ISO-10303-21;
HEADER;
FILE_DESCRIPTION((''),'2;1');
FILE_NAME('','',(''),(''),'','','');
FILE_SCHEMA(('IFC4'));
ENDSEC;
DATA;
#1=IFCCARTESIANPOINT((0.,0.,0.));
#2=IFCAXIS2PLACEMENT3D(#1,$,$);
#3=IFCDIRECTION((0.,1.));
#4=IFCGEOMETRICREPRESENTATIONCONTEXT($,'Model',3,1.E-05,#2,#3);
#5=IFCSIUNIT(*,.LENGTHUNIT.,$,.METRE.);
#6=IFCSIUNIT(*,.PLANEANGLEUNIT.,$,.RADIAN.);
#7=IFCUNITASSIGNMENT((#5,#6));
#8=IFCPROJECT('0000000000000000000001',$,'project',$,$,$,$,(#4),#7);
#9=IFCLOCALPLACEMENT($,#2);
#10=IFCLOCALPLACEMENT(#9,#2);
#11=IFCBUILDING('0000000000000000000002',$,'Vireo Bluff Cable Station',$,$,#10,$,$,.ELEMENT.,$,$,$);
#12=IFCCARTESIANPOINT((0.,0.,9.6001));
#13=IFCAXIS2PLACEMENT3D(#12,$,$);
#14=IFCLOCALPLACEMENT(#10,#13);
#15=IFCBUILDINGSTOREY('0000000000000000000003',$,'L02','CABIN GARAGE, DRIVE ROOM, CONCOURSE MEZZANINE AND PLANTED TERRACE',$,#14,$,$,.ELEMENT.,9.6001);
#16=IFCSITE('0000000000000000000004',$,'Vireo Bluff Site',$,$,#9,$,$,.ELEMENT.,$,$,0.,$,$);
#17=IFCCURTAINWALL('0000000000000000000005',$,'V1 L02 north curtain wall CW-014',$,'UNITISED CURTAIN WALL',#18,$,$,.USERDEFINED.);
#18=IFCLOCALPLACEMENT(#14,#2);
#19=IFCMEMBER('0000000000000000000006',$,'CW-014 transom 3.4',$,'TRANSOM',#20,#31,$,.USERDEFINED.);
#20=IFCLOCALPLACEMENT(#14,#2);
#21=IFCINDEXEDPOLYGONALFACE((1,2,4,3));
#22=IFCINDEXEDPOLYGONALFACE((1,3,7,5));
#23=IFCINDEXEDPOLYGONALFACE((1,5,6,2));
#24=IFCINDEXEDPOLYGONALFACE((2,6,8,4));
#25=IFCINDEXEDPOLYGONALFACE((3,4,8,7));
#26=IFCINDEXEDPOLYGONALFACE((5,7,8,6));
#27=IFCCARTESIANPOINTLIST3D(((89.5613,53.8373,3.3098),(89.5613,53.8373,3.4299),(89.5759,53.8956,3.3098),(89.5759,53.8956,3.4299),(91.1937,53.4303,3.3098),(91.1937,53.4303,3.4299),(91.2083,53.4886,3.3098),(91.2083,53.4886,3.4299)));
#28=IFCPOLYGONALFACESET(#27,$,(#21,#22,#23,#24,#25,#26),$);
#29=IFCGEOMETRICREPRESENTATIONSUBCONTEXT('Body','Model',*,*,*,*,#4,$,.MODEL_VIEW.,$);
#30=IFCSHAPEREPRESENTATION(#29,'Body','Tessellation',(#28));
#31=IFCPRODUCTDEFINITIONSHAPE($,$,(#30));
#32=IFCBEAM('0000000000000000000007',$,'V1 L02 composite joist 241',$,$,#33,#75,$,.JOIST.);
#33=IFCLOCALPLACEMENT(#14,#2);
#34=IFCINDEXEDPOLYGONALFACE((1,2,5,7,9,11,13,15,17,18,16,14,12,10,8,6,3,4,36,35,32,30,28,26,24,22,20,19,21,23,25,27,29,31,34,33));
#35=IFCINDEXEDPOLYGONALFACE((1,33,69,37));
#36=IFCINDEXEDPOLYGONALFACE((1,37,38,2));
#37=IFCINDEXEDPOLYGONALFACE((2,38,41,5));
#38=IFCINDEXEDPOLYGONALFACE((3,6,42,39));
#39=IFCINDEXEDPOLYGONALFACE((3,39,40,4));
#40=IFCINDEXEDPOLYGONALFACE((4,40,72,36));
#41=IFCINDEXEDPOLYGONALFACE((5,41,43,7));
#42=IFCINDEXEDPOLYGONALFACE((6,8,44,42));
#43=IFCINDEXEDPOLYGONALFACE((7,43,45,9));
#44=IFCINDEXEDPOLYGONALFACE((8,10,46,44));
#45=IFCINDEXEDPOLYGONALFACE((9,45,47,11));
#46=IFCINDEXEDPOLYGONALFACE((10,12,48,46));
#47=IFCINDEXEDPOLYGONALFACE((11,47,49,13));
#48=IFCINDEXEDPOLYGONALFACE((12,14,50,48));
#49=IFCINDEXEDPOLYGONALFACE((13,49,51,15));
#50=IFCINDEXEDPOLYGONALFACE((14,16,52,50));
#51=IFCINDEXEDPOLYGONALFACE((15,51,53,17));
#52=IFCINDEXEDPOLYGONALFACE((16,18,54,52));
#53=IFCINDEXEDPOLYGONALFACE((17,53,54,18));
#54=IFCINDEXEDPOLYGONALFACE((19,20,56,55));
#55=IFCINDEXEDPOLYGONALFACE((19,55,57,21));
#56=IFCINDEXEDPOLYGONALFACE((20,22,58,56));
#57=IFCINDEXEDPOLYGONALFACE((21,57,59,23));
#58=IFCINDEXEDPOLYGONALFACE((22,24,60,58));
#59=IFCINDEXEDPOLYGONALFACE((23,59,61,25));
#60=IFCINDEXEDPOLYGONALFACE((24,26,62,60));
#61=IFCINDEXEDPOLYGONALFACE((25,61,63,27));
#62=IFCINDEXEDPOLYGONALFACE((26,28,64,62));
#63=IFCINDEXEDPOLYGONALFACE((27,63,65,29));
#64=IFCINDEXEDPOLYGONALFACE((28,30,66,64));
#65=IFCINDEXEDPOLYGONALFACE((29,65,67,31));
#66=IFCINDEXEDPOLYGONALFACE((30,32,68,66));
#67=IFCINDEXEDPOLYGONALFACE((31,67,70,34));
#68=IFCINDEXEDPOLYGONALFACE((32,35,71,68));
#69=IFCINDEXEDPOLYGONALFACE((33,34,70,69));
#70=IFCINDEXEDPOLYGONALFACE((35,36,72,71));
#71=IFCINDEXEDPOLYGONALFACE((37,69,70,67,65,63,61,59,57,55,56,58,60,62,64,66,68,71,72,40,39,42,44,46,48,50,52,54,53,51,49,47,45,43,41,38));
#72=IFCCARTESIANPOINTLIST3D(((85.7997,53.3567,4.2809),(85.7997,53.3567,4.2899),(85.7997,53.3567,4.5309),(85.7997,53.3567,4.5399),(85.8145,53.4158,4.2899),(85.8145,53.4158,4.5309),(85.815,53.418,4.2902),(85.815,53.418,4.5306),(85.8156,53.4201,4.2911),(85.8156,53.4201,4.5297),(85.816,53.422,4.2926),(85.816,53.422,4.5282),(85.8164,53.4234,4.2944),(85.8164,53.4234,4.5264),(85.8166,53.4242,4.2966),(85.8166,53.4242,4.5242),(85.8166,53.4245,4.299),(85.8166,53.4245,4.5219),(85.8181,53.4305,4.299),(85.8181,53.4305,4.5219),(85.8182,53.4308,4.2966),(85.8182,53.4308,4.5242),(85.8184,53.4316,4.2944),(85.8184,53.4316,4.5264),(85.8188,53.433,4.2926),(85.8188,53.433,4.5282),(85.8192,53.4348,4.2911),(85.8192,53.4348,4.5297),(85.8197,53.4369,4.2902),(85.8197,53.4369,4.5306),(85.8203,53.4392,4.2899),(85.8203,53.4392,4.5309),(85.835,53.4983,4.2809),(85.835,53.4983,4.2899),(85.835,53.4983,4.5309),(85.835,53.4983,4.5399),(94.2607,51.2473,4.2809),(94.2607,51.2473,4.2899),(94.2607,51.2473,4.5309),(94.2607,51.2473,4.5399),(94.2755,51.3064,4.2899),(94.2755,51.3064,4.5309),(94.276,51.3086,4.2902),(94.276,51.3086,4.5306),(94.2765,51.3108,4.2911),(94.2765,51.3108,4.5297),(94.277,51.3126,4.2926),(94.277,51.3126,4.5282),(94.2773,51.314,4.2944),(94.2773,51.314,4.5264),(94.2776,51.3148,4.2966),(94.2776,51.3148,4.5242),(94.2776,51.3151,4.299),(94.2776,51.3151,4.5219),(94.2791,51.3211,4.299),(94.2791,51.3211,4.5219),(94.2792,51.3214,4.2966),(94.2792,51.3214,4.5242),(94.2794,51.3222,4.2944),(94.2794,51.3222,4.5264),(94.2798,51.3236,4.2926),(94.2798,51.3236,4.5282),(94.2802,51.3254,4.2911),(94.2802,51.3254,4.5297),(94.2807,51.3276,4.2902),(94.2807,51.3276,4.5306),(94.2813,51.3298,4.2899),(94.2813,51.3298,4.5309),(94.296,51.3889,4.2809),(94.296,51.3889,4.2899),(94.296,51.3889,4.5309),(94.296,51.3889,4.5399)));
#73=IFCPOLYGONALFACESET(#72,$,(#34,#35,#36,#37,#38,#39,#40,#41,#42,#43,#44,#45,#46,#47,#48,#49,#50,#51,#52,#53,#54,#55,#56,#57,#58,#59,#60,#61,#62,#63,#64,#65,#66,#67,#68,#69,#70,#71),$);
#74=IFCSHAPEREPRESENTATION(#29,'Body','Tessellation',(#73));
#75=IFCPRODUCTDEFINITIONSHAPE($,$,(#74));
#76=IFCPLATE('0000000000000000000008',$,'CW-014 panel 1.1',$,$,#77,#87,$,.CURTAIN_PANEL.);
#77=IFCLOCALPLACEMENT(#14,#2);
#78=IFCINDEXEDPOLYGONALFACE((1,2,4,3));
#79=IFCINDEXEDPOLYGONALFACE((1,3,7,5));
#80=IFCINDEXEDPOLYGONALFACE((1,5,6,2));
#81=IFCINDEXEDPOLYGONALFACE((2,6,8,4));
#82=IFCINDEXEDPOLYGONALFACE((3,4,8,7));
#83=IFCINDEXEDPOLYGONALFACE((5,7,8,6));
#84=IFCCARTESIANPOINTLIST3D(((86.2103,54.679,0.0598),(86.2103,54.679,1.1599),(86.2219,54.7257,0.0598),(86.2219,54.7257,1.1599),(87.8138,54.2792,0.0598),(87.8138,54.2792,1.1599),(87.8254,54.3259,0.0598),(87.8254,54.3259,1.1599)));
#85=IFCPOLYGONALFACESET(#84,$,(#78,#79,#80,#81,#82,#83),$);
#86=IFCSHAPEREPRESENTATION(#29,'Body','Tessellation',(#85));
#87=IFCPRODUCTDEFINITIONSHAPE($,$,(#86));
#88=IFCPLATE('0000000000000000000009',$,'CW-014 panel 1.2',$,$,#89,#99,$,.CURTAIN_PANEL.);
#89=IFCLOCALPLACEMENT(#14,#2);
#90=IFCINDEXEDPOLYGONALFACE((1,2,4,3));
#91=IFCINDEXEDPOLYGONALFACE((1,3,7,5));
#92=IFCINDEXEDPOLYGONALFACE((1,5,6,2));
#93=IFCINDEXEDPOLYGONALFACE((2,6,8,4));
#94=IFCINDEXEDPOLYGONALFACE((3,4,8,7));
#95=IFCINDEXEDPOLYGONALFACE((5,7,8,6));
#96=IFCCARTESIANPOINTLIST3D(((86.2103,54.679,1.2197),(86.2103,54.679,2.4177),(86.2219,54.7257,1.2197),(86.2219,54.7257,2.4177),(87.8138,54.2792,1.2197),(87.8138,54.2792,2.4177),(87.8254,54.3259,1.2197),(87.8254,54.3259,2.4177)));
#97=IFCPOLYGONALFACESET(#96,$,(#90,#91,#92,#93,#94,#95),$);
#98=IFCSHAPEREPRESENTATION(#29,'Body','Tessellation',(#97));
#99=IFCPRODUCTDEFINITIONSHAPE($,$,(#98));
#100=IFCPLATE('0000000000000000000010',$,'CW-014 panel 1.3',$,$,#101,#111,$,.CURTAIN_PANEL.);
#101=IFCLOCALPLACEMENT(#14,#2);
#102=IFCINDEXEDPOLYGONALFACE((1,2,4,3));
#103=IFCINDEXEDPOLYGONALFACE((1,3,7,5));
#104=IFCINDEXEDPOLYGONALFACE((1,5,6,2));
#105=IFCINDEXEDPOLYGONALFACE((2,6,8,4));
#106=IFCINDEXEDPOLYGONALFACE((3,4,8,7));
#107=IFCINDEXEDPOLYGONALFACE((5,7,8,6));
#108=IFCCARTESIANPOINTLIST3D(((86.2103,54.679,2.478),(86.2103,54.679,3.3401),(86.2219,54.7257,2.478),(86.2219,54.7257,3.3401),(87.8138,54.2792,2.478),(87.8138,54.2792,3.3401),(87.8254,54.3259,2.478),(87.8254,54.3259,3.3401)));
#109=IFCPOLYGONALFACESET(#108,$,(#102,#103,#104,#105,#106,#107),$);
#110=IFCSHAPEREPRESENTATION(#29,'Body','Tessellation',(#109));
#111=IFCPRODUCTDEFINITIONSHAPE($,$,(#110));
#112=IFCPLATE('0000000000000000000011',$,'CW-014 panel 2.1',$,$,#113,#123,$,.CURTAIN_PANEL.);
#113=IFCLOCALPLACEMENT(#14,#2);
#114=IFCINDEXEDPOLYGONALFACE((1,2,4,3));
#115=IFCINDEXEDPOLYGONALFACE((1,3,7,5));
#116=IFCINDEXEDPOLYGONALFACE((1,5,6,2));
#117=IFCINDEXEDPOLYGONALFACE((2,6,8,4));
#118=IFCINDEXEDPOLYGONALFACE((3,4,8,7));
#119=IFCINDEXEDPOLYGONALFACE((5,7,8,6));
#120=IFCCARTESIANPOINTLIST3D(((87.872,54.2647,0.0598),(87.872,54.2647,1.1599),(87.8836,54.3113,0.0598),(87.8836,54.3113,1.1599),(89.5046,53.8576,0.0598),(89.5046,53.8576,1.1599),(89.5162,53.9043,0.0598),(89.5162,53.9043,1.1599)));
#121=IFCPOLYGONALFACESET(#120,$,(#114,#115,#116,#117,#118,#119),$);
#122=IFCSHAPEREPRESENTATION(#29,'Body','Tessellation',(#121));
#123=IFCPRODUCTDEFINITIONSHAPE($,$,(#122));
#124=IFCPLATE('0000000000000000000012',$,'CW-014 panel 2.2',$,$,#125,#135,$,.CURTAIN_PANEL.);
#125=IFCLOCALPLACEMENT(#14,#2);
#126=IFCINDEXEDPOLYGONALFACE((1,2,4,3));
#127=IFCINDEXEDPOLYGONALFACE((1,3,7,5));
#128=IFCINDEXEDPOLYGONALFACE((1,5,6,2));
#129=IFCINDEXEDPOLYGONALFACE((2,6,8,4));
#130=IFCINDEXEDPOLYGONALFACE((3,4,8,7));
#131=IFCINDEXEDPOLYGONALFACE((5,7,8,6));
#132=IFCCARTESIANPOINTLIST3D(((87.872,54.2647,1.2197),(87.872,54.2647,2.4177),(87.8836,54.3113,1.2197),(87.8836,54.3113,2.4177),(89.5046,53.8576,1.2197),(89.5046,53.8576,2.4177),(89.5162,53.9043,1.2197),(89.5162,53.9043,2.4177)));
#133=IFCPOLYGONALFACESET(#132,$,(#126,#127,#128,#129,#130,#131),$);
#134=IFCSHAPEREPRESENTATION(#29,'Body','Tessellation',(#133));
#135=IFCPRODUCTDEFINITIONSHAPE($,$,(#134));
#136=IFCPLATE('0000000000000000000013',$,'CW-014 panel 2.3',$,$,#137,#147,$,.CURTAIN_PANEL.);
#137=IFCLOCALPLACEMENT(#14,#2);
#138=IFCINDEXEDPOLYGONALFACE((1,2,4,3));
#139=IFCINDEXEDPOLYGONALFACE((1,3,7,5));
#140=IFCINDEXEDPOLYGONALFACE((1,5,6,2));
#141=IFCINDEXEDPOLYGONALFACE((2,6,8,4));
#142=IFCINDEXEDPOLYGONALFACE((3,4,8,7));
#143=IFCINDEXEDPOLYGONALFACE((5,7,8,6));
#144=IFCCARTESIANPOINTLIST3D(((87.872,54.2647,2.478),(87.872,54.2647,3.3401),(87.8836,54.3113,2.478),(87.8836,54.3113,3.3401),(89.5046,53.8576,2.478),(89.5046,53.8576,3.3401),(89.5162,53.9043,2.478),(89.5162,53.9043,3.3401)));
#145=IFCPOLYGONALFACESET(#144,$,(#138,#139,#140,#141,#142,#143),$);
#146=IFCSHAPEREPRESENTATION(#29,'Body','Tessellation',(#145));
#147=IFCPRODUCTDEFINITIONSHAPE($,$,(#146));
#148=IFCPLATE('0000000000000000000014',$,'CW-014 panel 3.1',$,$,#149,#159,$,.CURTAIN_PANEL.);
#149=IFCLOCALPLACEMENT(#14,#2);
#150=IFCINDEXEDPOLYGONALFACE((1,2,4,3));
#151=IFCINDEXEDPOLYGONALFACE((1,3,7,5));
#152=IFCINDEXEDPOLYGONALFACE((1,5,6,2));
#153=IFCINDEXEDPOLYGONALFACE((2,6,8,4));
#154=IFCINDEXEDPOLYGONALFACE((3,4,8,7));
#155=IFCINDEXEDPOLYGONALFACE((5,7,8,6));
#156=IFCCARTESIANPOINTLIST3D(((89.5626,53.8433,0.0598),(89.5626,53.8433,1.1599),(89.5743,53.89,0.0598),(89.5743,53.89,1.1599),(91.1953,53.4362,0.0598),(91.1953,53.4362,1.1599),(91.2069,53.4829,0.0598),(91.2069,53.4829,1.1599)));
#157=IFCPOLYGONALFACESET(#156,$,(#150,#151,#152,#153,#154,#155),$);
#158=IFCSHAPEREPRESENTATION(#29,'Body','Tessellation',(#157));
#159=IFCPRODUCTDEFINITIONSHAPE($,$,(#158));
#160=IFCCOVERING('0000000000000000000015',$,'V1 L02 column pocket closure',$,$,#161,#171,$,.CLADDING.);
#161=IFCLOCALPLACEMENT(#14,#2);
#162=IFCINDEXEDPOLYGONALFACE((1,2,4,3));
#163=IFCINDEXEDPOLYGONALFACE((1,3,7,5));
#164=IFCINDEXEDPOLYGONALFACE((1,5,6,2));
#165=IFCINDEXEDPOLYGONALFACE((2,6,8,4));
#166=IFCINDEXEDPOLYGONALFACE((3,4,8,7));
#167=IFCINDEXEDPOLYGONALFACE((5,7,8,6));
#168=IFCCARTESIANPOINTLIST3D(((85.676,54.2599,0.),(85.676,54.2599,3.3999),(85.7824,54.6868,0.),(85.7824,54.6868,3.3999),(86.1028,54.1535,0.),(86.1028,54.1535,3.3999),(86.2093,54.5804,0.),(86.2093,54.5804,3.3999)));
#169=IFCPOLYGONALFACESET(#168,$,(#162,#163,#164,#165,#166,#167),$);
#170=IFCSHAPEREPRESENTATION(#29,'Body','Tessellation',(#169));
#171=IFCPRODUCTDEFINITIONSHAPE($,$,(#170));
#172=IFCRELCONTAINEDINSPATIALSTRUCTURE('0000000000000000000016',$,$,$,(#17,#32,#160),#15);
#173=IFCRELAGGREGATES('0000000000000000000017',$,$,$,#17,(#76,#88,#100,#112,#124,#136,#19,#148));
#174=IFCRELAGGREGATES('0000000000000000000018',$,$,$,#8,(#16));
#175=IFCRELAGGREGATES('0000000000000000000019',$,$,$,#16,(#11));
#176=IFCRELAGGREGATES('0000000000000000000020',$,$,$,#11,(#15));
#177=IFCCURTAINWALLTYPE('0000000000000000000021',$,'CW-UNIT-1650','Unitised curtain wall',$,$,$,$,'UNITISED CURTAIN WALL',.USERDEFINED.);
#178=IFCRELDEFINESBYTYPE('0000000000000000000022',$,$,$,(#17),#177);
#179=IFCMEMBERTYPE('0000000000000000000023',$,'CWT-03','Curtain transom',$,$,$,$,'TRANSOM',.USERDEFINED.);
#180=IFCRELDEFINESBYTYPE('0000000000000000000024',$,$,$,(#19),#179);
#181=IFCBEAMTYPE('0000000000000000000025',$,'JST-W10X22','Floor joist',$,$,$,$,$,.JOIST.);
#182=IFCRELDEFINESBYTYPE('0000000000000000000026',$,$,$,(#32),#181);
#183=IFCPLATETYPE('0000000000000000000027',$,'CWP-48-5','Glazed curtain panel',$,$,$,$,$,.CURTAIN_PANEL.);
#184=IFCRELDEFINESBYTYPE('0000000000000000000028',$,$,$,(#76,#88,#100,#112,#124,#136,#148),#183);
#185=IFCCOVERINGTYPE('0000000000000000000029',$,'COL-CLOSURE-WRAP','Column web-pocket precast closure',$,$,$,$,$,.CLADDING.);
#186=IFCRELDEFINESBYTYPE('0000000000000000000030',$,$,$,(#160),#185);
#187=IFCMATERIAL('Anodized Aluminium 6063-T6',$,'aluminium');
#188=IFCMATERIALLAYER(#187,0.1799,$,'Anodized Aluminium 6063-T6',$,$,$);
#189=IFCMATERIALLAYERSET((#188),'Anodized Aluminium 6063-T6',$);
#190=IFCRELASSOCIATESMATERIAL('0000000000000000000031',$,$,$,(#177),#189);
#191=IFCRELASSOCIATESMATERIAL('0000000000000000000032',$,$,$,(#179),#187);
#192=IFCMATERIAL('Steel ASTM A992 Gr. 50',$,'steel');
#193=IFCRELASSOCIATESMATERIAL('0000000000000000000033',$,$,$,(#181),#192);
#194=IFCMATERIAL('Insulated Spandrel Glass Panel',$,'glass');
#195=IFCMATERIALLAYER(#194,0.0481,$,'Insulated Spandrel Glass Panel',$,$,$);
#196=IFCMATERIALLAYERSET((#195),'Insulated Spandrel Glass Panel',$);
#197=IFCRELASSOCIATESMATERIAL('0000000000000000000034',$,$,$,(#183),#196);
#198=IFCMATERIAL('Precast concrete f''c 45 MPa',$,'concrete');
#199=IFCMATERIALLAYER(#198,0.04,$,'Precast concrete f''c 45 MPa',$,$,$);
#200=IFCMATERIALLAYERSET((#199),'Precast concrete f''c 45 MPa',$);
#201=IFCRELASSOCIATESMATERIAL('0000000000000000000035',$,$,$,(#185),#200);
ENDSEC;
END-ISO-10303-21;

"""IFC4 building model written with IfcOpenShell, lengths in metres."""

from ifc_helpers import new_model, si_unit, direction, frame, origin, origin_2d, place, context, subcontext, project, spatial, rectangle, i_section, extrude, material, layer, layer_set, material_profile, profile_set, type_object, element, aggregate, save


model = new_model("IFC4")

# Units and contexts
model_context = context("Model", 3, precision=1e-05, world=origin(), true_north=direction((0.0, 1.0)))
body_context = subcontext(model_context, "Body", "Model", "MODEL_VIEW")
ifc_project = project(units=[si_unit("LENGTHUNIT", "METRE"), si_unit("PLANEANGLEUNIT", "RADIAN")], contexts=[model_context])

# Site, building, storey
site_placement = place(None, origin())
site = spatial("IfcSite", under=ifc_project, at=site_placement, Name="Vireo Bluff Site", CompositionType="ELEMENT", RefElevation=0.0)
building_placement = place(site_placement, origin())
building = spatial("IfcBuilding", under=site, at=building_placement, Name="Vireo Bluff Cable Station", CompositionType="ELEMENT")
storey_placement = place(building_placement, frame((0.0, 0.0, 9.6001)))
storey = spatial("IfcBuildingStorey", under=building, at=storey_placement, Name="L02", Description="CABIN GARAGE, DRIVE ROOM, CONCOURSE MEZZANINE AND PLANTED TERRACE", CompositionType="ELEMENT", Elevation=9.6001)

# Curtain wall, member
ifc_material_1 = material(Name="Anodized Aluminium 6063-T6", Category="aluminium")
ifc_layer_1 = layer(ifc_material_1, 0.1799, Name="Anodized Aluminium 6063-T6")
ifc_layer_set_1 = layer_set([ifc_layer_1], Name="Anodized Aluminium 6063-T6")
curtain_wall_type = type_object("IfcCurtainWallType", Name="CW-UNIT-1650", Description="Unitised curtain wall", ElementType="UNITISED CURTAIN WALL", PredefinedType="USERDEFINED", material=ifc_layer_set_1)
curtain_wall_placement = place(storey_placement, origin())
curtain_wall = element("IfcCurtainWall", 1, at=curtain_wall_placement, inside=storey, type_object=curtain_wall_type, Name="V1 L02 north curtain wall CW-014", ObjectType="UNITISED CURTAIN WALL", PredefinedType="USERDEFINED")
ifc_material_profile_1 = material_profile(ifc_material_1, rectangle(XDim=0.0601, YDim=0.1201, at=origin_2d()), Name="ALU-T-60X120")
ifc_profile_set_1 = profile_set([ifc_material_profile_1], Name="Anodized Aluminium 6063-T6")
member_type_1 = type_object("IfcMemberType", Name="CWT-03", Description="Curtain transom", ElementType="TRANSOM", PredefinedType="USERDEFINED", material=ifc_profile_set_1)
member_1_placement = place(storey_placement, frame((89.5686, 53.8665, 3.3699), z_axis=(0.970296, -0.241921, 0.0), x_axis=(0.241921, 0.970296, 0.0)))
member_1 = element("IfcMember", 2, at=member_1_placement, type_object=member_type_1, Name="CW-014 transom 3.4", ObjectType="TRANSOM", PredefinedType="USERDEFINED", context=body_context, shape_type="SweptSolid", body=[
    extrude(rectangle(XDim=0.0601, YDim=0.1201, at=origin_2d()), origin(), (0.0, 0.0, 1.0), 1.6824),
])

# Beam
ifc_material_2 = material(Name="Steel ASTM A992 Gr. 50", Category="steel")
ifc_material_profile_2 = material_profile(ifc_material_2, i_section(OverallWidth=0.146, OverallDepth=0.259, WebThickness=0.0061, FlangeThickness=0.009, FilletRadius=0.009, at=origin_2d()), Name="W10X22")
ifc_profile_set_2 = profile_set([ifc_material_profile_2], Name="Steel ASTM A992 Gr. 50")
beam_type = type_object("IfcBeamType", Name="JST-W10X22", Description="Floor joist", PredefinedType="JOIST", material=ifc_profile_set_2)
beam_placement = place(storey_placement, frame((85.8174, 53.4275, 4.4104), z_axis=(0.9703, -0.241903, 0.0), x_axis=(0.241903, 0.9703, 0.0)))
element("IfcBeam", 3, at=beam_placement, inside=storey, type_object=beam_type, Name="V1 L02 composite joist 241", PredefinedType="JOIST", context=body_context, shape_type="SweptSolid", body=[
    extrude(i_section(OverallWidth=0.146, OverallDepth=0.259, WebThickness=0.0061, FlangeThickness=0.009, FilletRadius=0.009, at=origin_2d()), origin(), (0.0, 0.0, 1.0), 8.72),
])

# Plates
ifc_material_3 = material(Name="Insulated Spandrel Glass Panel", Category="glass")
ifc_layer_2 = layer(ifc_material_3, 0.0481, Name="Insulated Spandrel Glass Panel")
ifc_layer_set_2 = layer_set([ifc_layer_2], Name="Insulated Spandrel Glass Panel")
plate_type = type_object("IfcPlateType", Name="CWP-48-5", Description="Glazed curtain panel", PredefinedType="CURTAIN_PANEL", material=ifc_layer_set_2)
plate_1_placement = place(storey_placement, frame((87.0178, 54.5024, 0.0598), z_axis=(0.0, 0.0, 1.0), x_axis=(0.970296, -0.241922, 0.0)))
plate_1 = element("IfcPlate", 4, at=plate_1_placement, type_object=plate_type, Name="CW-014 panel 1.1", PredefinedType="CURTAIN_PANEL", context=body_context, shape_type="SweptSolid", body=[
    extrude(rectangle(XDim=1.6526, YDim=0.0481, at=origin_2d()), origin(), (0.0, 0.0, 1.0), 1.1001),
])
plate_2_placement = place(storey_placement, frame((87.0178, 54.5024, 1.2197), z_axis=(0.0, 0.0, 1.0), x_axis=(0.970296, -0.241922, 0.0)))
plate_2 = element("IfcPlate", 5, at=plate_2_placement, type_object=plate_type, Name="CW-014 panel 1.2", PredefinedType="CURTAIN_PANEL", context=body_context, shape_type="SweptSolid", body=[
    extrude(rectangle(XDim=1.6526, YDim=0.0481, at=origin_2d()), origin(), (0.0, 0.0, 1.0), 1.198),
])
plate_3_placement = place(storey_placement, frame((87.0178, 54.5024, 2.478), z_axis=(0.0, 0.0, 1.0), x_axis=(0.970296, -0.241922, 0.0)))
plate_3 = element("IfcPlate", 6, at=plate_3_placement, type_object=plate_type, Name="CW-014 panel 1.3", PredefinedType="CURTAIN_PANEL", context=body_context, shape_type="SweptSolid", body=[
    extrude(rectangle(XDim=1.6526, YDim=0.0481, at=origin_2d()), origin(), (0.0, 0.0, 1.0), 0.8621),
])
plate_4_placement = place(storey_placement, frame((88.6941, 54.0845, 0.0598), z_axis=(0.0, 0.0, 1.0), x_axis=(0.970296, -0.241922, 0.0)))
plate_4 = element("IfcPlate", 7, at=plate_4_placement, type_object=plate_type, Name="CW-014 panel 2.1", PredefinedType="CURTAIN_PANEL", context=body_context, shape_type="SweptSolid", body=[
    extrude(rectangle(XDim=1.6826, YDim=0.0481, at=origin_2d()), origin(), (0.0, 0.0, 1.0), 1.1001),
])
plate_5_placement = place(storey_placement, frame((88.6941, 54.0845, 1.2197), z_axis=(0.0, 0.0, 1.0), x_axis=(0.970296, -0.241922, 0.0)))
plate_5 = element("IfcPlate", 8, at=plate_5_placement, type_object=plate_type, Name="CW-014 panel 2.2", PredefinedType="CURTAIN_PANEL", context=body_context, shape_type="SweptSolid", body=[
    extrude(rectangle(XDim=1.6826, YDim=0.0481, at=origin_2d()), origin(), (0.0, 0.0, 1.0), 1.198),
])
plate_6_placement = place(storey_placement, frame((88.6941, 54.0845, 2.478), z_axis=(0.0, 0.0, 1.0), x_axis=(0.970296, -0.241922, 0.0)))
plate_6 = element("IfcPlate", 9, at=plate_6_placement, type_object=plate_type, Name="CW-014 panel 2.3", PredefinedType="CURTAIN_PANEL", context=body_context, shape_type="SweptSolid", body=[
    extrude(rectangle(XDim=1.6826, YDim=0.0481, at=origin_2d()), origin(), (0.0, 0.0, 1.0), 0.8621),
])
plate_7_placement = place(storey_placement, frame((90.3848, 53.6631, 0.0598), z_axis=(0.0, 0.0, 1.0), x_axis=(0.970296, -0.241922, 0.0)))
plate_7 = element("IfcPlate", 10, at=plate_7_placement, type_object=plate_type, Name="CW-014 panel 3.1", PredefinedType="CURTAIN_PANEL", context=body_context, shape_type="SweptSolid", body=[
    extrude(rectangle(XDim=1.6826, YDim=0.0481, at=origin_2d()), origin(), (0.0, 0.0, 1.0), 1.1001),
])
aggregate(curtain_wall, [plate_1, plate_2, plate_3, plate_4, plate_5, plate_6, member_1, plate_7])

# Covering
ifc_material_4 = material(Name="Precast concrete f'c 45 MPa", Category="concrete")
ifc_layer_3 = layer(ifc_material_4, 0.04, Name="Precast concrete f'c 45 MPa")
ifc_layer_set_3 = layer_set([ifc_layer_3], Name="Precast concrete f'c 45 MPa")
covering_type = type_object("IfcCoveringType", Name="COL-CLOSURE-WRAP", Description="Column web-pocket precast closure", PredefinedType="CLADDING", material=ifc_layer_set_3)
covering_placement = place(storey_placement, frame((85.9426, 54.4202, 0.0), z_axis=(0.0, 0.0, 1.0), x_axis=(0.970296, -0.241922, 0.0)))
element("IfcCovering", 11, at=covering_placement, inside=storey, type_object=covering_type, Name="V1 L02 column pocket closure", PredefinedType="CLADDING", context=body_context, shape_type="SweptSolid", body=[
    extrude(rectangle(XDim=0.4399, YDim=0.4399, at=origin_2d()), origin(), (0.0, 0.0, 1.0), 3.3999),
])

save(model, "model.ifc")
